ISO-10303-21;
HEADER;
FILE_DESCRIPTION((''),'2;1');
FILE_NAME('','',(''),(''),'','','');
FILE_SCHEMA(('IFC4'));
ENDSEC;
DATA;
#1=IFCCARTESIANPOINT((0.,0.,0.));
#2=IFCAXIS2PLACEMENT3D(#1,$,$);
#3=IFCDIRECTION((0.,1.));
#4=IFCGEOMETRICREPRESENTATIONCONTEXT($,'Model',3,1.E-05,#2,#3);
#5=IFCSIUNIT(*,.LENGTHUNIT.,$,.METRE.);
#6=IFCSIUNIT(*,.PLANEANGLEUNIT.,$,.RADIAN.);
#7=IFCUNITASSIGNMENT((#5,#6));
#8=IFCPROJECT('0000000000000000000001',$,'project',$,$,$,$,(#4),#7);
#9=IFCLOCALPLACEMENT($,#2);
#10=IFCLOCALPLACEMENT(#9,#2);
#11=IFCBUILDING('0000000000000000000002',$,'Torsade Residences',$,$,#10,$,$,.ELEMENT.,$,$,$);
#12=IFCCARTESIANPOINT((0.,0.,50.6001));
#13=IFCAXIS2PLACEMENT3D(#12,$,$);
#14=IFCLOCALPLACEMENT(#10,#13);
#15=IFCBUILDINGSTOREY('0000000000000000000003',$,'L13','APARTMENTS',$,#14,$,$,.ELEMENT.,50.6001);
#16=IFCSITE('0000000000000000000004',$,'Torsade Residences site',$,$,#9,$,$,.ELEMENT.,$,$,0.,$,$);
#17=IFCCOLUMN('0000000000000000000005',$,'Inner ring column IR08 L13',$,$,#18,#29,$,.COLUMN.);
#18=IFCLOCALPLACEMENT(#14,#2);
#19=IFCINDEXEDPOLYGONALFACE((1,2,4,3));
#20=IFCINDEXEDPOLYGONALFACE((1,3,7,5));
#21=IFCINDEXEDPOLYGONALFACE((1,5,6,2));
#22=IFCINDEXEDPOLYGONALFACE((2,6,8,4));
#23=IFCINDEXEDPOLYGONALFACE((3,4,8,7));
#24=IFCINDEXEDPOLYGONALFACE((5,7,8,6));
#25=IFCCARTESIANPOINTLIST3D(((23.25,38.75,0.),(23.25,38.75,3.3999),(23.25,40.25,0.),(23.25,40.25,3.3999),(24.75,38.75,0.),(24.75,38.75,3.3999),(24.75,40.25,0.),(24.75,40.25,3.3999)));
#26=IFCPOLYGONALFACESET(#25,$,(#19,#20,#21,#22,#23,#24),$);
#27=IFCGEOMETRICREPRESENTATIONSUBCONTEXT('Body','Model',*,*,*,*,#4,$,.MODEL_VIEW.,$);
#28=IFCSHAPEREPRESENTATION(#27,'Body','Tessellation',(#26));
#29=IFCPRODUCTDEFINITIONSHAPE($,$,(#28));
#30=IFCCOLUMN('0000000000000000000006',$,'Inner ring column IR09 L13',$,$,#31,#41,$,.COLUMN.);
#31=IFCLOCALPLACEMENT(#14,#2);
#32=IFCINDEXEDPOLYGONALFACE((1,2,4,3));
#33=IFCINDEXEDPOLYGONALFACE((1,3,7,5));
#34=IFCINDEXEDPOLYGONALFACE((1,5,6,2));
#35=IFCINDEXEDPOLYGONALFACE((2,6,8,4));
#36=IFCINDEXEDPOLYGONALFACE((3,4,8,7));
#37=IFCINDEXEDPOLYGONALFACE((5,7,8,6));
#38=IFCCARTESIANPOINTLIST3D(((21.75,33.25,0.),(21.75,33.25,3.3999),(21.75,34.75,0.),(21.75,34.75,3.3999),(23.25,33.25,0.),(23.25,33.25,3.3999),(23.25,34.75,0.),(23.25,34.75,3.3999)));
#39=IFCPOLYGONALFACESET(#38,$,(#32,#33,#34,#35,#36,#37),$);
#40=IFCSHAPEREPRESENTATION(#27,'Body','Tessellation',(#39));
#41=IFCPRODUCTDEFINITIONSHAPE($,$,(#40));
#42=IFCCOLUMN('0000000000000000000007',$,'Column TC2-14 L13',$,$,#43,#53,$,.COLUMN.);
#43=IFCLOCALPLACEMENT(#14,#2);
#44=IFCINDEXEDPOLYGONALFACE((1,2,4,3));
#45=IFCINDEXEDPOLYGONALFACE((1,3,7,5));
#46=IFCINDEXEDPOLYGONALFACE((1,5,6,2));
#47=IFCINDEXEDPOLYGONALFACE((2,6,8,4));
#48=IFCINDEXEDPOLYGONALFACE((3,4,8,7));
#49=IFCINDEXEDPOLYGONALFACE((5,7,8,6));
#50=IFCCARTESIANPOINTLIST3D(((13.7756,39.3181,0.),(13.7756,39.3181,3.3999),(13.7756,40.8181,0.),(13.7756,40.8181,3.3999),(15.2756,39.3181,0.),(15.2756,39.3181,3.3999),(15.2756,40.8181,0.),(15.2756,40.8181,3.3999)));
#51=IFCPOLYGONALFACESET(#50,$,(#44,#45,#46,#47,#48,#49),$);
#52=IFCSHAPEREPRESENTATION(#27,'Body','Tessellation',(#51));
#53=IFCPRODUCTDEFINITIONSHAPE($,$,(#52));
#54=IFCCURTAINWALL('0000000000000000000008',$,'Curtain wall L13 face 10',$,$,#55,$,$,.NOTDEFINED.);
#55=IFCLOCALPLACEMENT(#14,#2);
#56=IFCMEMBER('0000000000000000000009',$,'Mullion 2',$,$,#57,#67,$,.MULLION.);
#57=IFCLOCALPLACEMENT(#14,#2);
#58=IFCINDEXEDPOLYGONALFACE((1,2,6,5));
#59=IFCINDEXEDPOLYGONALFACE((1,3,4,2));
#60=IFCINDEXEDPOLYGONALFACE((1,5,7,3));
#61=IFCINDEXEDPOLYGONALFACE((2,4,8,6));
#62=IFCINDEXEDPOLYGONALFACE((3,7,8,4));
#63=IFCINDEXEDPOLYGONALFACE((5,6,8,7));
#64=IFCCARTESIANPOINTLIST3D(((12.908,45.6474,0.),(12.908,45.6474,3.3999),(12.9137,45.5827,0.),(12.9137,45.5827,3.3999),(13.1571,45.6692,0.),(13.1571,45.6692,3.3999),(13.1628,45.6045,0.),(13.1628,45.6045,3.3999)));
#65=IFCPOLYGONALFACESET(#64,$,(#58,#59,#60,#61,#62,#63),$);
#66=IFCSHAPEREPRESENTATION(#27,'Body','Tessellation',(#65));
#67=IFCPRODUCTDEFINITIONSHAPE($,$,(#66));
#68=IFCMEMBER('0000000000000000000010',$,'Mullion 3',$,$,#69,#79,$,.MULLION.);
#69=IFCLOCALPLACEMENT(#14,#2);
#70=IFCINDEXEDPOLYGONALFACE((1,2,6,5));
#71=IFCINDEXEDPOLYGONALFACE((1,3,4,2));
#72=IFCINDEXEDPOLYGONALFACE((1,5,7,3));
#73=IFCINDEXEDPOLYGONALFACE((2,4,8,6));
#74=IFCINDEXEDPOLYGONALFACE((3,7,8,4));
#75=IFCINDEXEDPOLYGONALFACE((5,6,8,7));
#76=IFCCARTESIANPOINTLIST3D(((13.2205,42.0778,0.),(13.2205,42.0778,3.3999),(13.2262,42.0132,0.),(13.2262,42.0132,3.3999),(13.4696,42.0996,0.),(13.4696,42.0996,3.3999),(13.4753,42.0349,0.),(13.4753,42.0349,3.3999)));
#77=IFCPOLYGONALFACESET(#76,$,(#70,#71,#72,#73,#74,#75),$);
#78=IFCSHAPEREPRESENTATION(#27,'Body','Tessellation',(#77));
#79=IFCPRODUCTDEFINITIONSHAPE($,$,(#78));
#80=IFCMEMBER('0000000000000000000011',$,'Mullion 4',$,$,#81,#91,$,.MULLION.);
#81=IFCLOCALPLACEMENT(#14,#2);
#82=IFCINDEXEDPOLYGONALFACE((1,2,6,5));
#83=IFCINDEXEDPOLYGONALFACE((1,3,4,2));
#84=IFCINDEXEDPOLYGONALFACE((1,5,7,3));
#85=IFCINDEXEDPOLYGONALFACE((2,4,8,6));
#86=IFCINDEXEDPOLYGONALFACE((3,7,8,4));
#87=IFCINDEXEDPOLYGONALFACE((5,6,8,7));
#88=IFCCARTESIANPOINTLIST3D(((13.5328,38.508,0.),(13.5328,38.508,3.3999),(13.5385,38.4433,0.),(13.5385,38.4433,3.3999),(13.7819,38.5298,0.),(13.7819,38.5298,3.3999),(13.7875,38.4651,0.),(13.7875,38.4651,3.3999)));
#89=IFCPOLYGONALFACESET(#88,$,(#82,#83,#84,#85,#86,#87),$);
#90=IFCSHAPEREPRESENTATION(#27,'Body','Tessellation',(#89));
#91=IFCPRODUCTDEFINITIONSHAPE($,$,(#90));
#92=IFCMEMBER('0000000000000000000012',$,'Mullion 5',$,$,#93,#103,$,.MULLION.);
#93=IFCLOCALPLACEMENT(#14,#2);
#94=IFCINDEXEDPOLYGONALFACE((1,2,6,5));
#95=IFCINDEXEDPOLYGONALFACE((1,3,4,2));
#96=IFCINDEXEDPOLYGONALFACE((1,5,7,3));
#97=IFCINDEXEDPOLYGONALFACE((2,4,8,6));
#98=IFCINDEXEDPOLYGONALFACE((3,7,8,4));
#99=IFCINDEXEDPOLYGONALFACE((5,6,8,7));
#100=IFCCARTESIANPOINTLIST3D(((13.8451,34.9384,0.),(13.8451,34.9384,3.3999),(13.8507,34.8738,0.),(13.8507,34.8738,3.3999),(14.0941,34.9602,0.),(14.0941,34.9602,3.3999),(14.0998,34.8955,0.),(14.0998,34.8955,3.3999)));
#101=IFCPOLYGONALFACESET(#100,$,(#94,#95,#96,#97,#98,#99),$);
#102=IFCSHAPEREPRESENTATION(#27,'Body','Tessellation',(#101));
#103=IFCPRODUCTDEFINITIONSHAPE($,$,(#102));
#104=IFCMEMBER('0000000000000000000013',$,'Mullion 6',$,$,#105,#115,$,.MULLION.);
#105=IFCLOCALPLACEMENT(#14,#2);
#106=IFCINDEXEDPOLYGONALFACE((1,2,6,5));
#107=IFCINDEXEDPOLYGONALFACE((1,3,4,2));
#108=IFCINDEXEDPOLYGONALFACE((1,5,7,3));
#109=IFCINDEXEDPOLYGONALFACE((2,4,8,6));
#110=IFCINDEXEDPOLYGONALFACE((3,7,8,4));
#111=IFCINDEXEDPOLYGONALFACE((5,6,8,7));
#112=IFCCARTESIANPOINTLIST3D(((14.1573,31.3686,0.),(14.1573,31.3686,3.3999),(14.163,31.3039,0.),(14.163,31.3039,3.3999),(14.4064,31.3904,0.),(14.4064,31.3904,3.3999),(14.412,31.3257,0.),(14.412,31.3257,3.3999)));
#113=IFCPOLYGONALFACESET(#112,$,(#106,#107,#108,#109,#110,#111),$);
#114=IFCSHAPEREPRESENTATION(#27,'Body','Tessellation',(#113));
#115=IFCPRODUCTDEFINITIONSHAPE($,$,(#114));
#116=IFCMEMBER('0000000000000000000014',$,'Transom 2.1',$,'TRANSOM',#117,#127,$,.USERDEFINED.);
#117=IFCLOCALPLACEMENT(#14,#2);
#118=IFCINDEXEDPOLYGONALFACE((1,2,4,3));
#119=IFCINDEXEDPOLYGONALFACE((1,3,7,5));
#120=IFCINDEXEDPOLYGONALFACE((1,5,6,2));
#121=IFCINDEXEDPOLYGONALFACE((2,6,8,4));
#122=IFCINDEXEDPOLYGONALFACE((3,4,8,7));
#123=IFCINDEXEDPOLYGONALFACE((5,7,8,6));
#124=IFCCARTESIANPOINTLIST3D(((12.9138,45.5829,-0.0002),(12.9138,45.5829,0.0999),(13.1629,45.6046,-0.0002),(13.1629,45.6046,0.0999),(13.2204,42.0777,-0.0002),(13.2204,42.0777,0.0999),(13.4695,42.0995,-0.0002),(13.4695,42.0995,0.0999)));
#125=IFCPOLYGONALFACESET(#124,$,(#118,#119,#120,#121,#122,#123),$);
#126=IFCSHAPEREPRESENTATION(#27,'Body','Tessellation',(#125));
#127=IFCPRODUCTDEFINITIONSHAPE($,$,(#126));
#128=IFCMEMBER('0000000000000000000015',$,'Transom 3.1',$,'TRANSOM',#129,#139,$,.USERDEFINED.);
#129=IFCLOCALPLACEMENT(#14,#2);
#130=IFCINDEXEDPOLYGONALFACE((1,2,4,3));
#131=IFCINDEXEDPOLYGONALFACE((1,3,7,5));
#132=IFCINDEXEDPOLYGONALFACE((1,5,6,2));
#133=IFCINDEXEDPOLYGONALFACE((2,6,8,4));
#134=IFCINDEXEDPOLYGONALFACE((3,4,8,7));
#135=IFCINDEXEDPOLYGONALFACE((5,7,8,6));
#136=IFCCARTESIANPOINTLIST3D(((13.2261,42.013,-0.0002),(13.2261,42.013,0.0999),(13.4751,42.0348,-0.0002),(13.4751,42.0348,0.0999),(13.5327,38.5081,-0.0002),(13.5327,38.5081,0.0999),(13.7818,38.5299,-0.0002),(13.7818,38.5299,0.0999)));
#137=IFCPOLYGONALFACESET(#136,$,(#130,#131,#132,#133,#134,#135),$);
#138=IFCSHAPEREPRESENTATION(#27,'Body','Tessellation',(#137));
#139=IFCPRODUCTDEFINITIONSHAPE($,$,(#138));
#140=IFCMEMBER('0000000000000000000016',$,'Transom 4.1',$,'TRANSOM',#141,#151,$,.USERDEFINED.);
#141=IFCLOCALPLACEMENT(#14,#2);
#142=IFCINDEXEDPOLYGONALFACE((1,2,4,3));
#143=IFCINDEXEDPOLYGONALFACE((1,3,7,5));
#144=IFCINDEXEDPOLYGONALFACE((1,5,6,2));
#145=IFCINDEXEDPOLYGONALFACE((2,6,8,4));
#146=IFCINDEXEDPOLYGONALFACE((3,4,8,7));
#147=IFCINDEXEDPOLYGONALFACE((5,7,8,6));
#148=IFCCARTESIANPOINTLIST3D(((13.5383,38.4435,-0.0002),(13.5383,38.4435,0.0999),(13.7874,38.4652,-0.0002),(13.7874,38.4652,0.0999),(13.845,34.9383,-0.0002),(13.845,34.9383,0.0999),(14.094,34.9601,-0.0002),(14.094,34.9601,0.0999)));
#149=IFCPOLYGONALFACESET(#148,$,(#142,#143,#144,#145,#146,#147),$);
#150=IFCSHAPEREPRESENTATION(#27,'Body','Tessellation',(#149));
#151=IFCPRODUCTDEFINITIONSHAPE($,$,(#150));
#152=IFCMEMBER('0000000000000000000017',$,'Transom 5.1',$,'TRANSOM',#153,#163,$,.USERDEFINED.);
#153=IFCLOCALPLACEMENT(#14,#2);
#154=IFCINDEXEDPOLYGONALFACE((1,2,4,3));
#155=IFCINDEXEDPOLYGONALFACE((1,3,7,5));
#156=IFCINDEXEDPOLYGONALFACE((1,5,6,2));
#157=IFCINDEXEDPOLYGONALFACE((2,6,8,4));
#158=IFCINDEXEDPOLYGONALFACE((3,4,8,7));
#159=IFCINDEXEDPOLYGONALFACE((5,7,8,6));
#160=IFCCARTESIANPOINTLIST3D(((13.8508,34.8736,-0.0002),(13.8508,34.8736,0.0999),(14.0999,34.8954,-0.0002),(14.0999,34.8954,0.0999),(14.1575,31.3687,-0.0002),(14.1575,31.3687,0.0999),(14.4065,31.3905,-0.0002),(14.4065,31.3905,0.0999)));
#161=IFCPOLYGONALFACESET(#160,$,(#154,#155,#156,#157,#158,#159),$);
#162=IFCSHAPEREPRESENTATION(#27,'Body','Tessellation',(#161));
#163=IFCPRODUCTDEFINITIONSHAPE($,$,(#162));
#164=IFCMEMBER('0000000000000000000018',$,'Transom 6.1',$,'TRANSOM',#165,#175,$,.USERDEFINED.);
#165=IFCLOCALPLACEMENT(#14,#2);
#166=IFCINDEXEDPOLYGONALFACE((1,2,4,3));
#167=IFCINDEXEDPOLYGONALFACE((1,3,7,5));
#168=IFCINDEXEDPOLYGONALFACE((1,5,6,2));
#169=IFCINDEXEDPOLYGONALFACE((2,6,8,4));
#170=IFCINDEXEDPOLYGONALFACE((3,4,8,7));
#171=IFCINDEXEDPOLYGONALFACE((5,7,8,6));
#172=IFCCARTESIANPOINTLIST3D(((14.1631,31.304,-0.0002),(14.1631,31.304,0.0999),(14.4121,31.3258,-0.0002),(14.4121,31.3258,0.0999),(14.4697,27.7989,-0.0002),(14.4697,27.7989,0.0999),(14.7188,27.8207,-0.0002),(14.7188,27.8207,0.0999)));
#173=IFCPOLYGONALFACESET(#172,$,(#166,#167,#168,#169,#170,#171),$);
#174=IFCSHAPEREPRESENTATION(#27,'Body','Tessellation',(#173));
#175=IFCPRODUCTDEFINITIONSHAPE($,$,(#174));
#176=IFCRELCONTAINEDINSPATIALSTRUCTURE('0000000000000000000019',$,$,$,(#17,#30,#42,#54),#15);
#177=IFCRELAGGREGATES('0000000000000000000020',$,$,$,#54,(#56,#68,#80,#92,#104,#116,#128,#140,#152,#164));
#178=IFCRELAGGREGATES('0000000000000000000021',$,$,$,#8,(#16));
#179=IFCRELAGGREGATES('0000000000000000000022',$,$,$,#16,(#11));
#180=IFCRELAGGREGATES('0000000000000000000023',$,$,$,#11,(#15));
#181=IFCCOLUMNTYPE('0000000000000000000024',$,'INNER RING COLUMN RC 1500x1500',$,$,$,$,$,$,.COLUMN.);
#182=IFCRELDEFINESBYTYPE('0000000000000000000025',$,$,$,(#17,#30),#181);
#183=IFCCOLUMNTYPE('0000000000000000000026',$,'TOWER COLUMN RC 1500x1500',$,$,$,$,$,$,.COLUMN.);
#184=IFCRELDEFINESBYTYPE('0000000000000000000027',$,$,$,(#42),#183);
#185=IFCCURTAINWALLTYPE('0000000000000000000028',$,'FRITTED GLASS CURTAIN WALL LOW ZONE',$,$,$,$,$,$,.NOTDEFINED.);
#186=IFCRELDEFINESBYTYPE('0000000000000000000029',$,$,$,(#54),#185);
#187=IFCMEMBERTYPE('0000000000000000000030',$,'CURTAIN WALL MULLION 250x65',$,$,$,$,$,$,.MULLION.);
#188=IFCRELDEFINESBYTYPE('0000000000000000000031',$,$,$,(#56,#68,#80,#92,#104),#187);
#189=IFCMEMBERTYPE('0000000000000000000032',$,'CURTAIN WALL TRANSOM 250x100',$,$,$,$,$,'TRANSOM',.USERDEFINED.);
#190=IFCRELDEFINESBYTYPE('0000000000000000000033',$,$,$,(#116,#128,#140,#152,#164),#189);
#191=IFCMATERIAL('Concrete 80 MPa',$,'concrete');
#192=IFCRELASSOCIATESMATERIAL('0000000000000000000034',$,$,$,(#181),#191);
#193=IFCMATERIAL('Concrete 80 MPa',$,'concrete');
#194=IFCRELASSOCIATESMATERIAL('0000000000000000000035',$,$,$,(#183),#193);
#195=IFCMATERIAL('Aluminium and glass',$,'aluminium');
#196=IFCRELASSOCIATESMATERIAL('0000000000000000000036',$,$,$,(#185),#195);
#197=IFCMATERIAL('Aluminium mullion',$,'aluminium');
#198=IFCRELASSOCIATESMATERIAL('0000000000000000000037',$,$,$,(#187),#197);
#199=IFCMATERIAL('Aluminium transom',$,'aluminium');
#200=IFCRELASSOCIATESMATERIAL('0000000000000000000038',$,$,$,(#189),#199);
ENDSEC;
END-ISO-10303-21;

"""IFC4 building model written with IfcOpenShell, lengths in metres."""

from ifc_helpers import new_model, si_unit, direction, frame, origin, origin_2d, place, context, subcontext, project, spatial, rectangle, extrude, material, material_profile, profile_set, type_object, element, aggregate, save


model = new_model("IFC4")

# Units and contexts
model_context = context("Model", 3, precision=1e-05, world=origin(), true_north=direction((0.0, 1.0)))
body_context = subcontext(model_context, "Body", "Model", "MODEL_VIEW")
ifc_project = project(units=[si_unit("LENGTHUNIT", "METRE"), si_unit("PLANEANGLEUNIT", "RADIAN")], contexts=[model_context])

# Site, building, storey
site_placement = place(None, origin())
site = spatial("IfcSite", under=ifc_project, at=site_placement, Name="Torsade Residences site", CompositionType="ELEMENT", RefElevation=0.0)
building_placement = place(site_placement, origin())
building = spatial("IfcBuilding", under=site, at=building_placement, Name="Torsade Residences", CompositionType="ELEMENT")
storey_placement = place(building_placement, frame((0.0, 0.0, 50.6001)))
storey = spatial("IfcBuildingStorey", under=building, at=storey_placement, Name="L13", Description="APARTMENTS", CompositionType="ELEMENT", Elevation=50.6001)

# Columns
ifc_material_1 = material(Name="Concrete 80 MPa", Category="concrete")
ifc_material_profile_1 = material_profile(ifc_material_1, rectangle(XDim=1.5, YDim=1.5, at=origin_2d()), Name="RC 1500x1500")
ifc_profile_set_1 = profile_set([ifc_material_profile_1], Name="Concrete 80 MPa")
column_type_1 = type_object("IfcColumnType", Name="INNER RING COLUMN RC 1500x1500", PredefinedType="COLUMN", material=ifc_profile_set_1)
for number, where, z_axis, x_axis, name in (
    (1, (24.0, 39.5, 0.0), (0.0, 0.0, 1.0), (1.0, 0.0, 0.0), "Inner ring column IR08 L13"),
    (2, (22.5, 34.0, 0.0), (0.0, 0.0, 1.0), (1.0, 0.0, 0.0), "Inner ring column IR09 L13"),
):
    element("IfcColumn", number, at=place(storey_placement, frame(where, z_axis=z_axis, x_axis=x_axis)), inside=storey, type_object=column_type_1, Name=name, PredefinedType="COLUMN", context=body_context, shape_type="SweptSolid", body=[
        extrude(rectangle(XDim=1.5, YDim=1.5, at=origin_2d()), origin(), (0.0, 0.0, 1.0), 3.3999),
    ])
ifc_material_2 = material(Name="Concrete 80 MPa", Category="concrete")
ifc_material_profile_2 = material_profile(ifc_material_2, rectangle(XDim=1.5, YDim=1.5, at=origin_2d()), Name="RC 1500x1500")
ifc_profile_set_2 = profile_set([ifc_material_profile_2], Name="Concrete 80 MPa")
column_type_2 = type_object("IfcColumnType", Name="TOWER COLUMN RC 1500x1500", PredefinedType="COLUMN", material=ifc_profile_set_2)
column_placement = place(storey_placement, frame((14.5256, 40.0681, 0.0), z_axis=(0.0, 0.0, 1.0), x_axis=(1.0, 0.0, 0.0)))
element("IfcColumn", 3, at=column_placement, inside=storey, type_object=column_type_2, Name="Column TC2-14 L13", PredefinedType="COLUMN", context=body_context, shape_type="SweptSolid", body=[
    extrude(rectangle(XDim=1.5, YDim=1.5, at=origin_2d()), origin(), (0.0, 0.0, 1.0), 3.3999),
])

# Curtain wall, members
ifc_material_3 = material(Name="Aluminium and glass", Category="aluminium")
curtain_wall_type = type_object("IfcCurtainWallType", Name="FRITTED GLASS CURTAIN WALL LOW ZONE", PredefinedType="NOTDEFINED", material=ifc_material_3)
curtain_wall_placement = place(storey_placement, origin())
curtain_wall = element("IfcCurtainWall", 4, at=curtain_wall_placement, inside=storey, type_object=curtain_wall_type, Name="Curtain wall L13 face 10", PredefinedType="NOTDEFINED")
ifc_material_4 = material(Name="Aluminium mullion", Category="aluminium")
ifc_material_profile_3 = material_profile(ifc_material_4, rectangle(XDim=0.25, YDim=0.0649, at=origin_2d()), Name="CURTAIN WALL MULLION 250x65")
ifc_profile_set_3 = profile_set([ifc_material_profile_3], Name="Aluminium mullion")
member_type_1 = type_object("IfcMemberType", Name="CURTAIN WALL MULLION 250x65", PredefinedType="MULLION", material=ifc_profile_set_3)
member_1_placement = place(storey_placement, frame((13.0354, 45.626, 0.0), z_axis=(0.0, 0.0, 1.0), x_axis=(0.996195, 0.087156, 0.0)))
member_1 = element("IfcMember", 5, at=member_1_placement, type_object=member_type_1, Name="Mullion 2", PredefinedType="MULLION", context=body_context, shape_type="SweptSolid", body=[
    extrude(rectangle(XDim=0.25, YDim=0.0649, at=origin_2d()), origin(), (0.0, 0.0, 1.0), 3.3999),
])
member_2_placement = place(storey_placement, frame((13.3479, 42.0564, 0.0), z_axis=(0.0, 0.0, 1.0), x_axis=(0.996195, 0.087156, 0.0)))
member_2 = element("IfcMember", 6, at=member_2_placement, type_object=member_type_1, Name="Mullion 3", PredefinedType="MULLION", context=body_context, shape_type="SweptSolid", body=[
    extrude(rectangle(XDim=0.25, YDim=0.0649, at=origin_2d()), origin(), (0.0, 0.0, 1.0), 3.3999),
])
member_3_placement = place(storey_placement, frame((13.6602, 38.4866, 0.0), z_axis=(0.0, 0.0, 1.0), x_axis=(0.996195, 0.087156, 0.0)))
member_3 = element("IfcMember", 7, at=member_3_placement, type_object=member_type_1, Name="Mullion 4", PredefinedType="MULLION", context=body_context, shape_type="SweptSolid", body=[
    extrude(rectangle(XDim=0.25, YDim=0.0649, at=origin_2d()), origin(), (0.0, 0.0, 1.0), 3.3999),
])
member_4_placement = place(storey_placement, frame((13.9724, 34.917, 0.0), z_axis=(0.0, 0.0, 1.0), x_axis=(0.996195, 0.087156, 0.0)))
member_4 = element("IfcMember", 8, at=member_4_placement, type_object=member_type_1, Name="Mullion 5", PredefinedType="MULLION", context=body_context, shape_type="SweptSolid", body=[
    extrude(rectangle(XDim=0.25, YDim=0.0649, at=origin_2d()), origin(), (0.0, 0.0, 1.0), 3.3999),
])
member_5_placement = place(storey_placement, frame((14.2847, 31.3472, 0.0), z_axis=(0.0, 0.0, 1.0), x_axis=(0.996195, 0.087156, 0.0)))
member_5 = element("IfcMember", 9, at=member_5_placement, type_object=member_type_1, Name="Mullion 6", PredefinedType="MULLION", context=body_context, shape_type="SweptSolid", body=[
    extrude(rectangle(XDim=0.25, YDim=0.0649, at=origin_2d()), origin(), (0.0, 0.0, 1.0), 3.3999),
])
ifc_material_5 = material(Name="Aluminium transom", Category="aluminium")
ifc_material_profile_4 = material_profile(ifc_material_5, rectangle(XDim=0.25, YDim=0.1001, at=origin_2d()), Name="CURTAIN WALL TRANSOM 250x100")
ifc_profile_set_4 = profile_set([ifc_material_profile_4], Name="Aluminium transom")
member_type_2 = type_object("IfcMemberType", Name="CURTAIN WALL TRANSOM 250x100", ElementType="TRANSOM", PredefinedType="USERDEFINED", material=ifc_profile_set_4)
member_6_placement = place(storey_placement, frame((13.0383, 45.5938, 0.0498), z_axis=(0.087151, -0.996195, 0.0), x_axis=(0.996195, 0.087151, 0.0)))
member_6 = element("IfcMember", 10, at=member_6_placement, type_object=member_type_2, Name="Transom 2.1", ObjectType="TRANSOM", PredefinedType="USERDEFINED", context=body_context, shape_type="SweptSolid", body=[
    extrude(rectangle(XDim=0.25, YDim=0.1001, at=origin_2d()), origin(), (0.0, 0.0, 1.0), 3.5186),
])
member_7_placement = place(storey_placement, frame((13.3506, 42.0239, 0.0498), z_axis=(0.087157, -0.996195, 0.0), x_axis=(0.996195, 0.087157, 0.0)))
member_7 = element("IfcMember", 11, at=member_7_placement, type_object=member_type_2, Name="Transom 3.1", ObjectType="TRANSOM", PredefinedType="USERDEFINED", context=body_context, shape_type="SweptSolid", body=[
    extrude(rectangle(XDim=0.25, YDim=0.1001, at=origin_2d()), origin(), (0.0, 0.0, 1.0), 3.5183),
])
member_8_placement = place(storey_placement, frame((13.6628, 38.4543, 0.0498), z_axis=(0.087151, -0.996195, 0.0), x_axis=(0.996195, 0.087151, 0.0)))
member_8 = element("IfcMember", 12, at=member_8_placement, type_object=member_type_2, Name="Transom 4.1", ObjectType="TRANSOM", PredefinedType="USERDEFINED", context=body_context, shape_type="SweptSolid", body=[
    extrude(rectangle(XDim=0.25, YDim=0.1001, at=origin_2d()), origin(), (0.0, 0.0, 1.0), 3.5186),
])
member_9_placement = place(storey_placement, frame((13.9753, 34.8845, 0.0498), z_axis=(0.087157, -0.996195, 0.0), x_axis=(0.996195, 0.087157, 0.0)))
member_9 = element("IfcMember", 13, at=member_9_placement, type_object=member_type_2, Name="Transom 5.1", ObjectType="TRANSOM", PredefinedType="USERDEFINED", context=body_context, shape_type="SweptSolid", body=[
    extrude(rectangle(XDim=0.25, YDim=0.1001, at=origin_2d()), origin(), (0.0, 0.0, 1.0), 3.5183),
])
member_10_placement = place(storey_placement, frame((14.2876, 31.3149, 0.0498), z_axis=(0.087151, -0.996195, 0.0), x_axis=(0.996195, 0.087151, 0.0)))
member_10 = element("IfcMember", 14, at=member_10_placement, type_object=member_type_2, Name="Transom 6.1", ObjectType="TRANSOM", PredefinedType="USERDEFINED", context=body_context, shape_type="SweptSolid", body=[
    extrude(rectangle(XDim=0.25, YDim=0.1001, at=origin_2d()), origin(), (0.0, 0.0, 1.0), 3.5186),
])

aggregate(curtain_wall, [member_1, member_2, member_3, member_4, member_5, member_6, member_7, member_8, member_9, member_10])

save(model, "model.ifc")
